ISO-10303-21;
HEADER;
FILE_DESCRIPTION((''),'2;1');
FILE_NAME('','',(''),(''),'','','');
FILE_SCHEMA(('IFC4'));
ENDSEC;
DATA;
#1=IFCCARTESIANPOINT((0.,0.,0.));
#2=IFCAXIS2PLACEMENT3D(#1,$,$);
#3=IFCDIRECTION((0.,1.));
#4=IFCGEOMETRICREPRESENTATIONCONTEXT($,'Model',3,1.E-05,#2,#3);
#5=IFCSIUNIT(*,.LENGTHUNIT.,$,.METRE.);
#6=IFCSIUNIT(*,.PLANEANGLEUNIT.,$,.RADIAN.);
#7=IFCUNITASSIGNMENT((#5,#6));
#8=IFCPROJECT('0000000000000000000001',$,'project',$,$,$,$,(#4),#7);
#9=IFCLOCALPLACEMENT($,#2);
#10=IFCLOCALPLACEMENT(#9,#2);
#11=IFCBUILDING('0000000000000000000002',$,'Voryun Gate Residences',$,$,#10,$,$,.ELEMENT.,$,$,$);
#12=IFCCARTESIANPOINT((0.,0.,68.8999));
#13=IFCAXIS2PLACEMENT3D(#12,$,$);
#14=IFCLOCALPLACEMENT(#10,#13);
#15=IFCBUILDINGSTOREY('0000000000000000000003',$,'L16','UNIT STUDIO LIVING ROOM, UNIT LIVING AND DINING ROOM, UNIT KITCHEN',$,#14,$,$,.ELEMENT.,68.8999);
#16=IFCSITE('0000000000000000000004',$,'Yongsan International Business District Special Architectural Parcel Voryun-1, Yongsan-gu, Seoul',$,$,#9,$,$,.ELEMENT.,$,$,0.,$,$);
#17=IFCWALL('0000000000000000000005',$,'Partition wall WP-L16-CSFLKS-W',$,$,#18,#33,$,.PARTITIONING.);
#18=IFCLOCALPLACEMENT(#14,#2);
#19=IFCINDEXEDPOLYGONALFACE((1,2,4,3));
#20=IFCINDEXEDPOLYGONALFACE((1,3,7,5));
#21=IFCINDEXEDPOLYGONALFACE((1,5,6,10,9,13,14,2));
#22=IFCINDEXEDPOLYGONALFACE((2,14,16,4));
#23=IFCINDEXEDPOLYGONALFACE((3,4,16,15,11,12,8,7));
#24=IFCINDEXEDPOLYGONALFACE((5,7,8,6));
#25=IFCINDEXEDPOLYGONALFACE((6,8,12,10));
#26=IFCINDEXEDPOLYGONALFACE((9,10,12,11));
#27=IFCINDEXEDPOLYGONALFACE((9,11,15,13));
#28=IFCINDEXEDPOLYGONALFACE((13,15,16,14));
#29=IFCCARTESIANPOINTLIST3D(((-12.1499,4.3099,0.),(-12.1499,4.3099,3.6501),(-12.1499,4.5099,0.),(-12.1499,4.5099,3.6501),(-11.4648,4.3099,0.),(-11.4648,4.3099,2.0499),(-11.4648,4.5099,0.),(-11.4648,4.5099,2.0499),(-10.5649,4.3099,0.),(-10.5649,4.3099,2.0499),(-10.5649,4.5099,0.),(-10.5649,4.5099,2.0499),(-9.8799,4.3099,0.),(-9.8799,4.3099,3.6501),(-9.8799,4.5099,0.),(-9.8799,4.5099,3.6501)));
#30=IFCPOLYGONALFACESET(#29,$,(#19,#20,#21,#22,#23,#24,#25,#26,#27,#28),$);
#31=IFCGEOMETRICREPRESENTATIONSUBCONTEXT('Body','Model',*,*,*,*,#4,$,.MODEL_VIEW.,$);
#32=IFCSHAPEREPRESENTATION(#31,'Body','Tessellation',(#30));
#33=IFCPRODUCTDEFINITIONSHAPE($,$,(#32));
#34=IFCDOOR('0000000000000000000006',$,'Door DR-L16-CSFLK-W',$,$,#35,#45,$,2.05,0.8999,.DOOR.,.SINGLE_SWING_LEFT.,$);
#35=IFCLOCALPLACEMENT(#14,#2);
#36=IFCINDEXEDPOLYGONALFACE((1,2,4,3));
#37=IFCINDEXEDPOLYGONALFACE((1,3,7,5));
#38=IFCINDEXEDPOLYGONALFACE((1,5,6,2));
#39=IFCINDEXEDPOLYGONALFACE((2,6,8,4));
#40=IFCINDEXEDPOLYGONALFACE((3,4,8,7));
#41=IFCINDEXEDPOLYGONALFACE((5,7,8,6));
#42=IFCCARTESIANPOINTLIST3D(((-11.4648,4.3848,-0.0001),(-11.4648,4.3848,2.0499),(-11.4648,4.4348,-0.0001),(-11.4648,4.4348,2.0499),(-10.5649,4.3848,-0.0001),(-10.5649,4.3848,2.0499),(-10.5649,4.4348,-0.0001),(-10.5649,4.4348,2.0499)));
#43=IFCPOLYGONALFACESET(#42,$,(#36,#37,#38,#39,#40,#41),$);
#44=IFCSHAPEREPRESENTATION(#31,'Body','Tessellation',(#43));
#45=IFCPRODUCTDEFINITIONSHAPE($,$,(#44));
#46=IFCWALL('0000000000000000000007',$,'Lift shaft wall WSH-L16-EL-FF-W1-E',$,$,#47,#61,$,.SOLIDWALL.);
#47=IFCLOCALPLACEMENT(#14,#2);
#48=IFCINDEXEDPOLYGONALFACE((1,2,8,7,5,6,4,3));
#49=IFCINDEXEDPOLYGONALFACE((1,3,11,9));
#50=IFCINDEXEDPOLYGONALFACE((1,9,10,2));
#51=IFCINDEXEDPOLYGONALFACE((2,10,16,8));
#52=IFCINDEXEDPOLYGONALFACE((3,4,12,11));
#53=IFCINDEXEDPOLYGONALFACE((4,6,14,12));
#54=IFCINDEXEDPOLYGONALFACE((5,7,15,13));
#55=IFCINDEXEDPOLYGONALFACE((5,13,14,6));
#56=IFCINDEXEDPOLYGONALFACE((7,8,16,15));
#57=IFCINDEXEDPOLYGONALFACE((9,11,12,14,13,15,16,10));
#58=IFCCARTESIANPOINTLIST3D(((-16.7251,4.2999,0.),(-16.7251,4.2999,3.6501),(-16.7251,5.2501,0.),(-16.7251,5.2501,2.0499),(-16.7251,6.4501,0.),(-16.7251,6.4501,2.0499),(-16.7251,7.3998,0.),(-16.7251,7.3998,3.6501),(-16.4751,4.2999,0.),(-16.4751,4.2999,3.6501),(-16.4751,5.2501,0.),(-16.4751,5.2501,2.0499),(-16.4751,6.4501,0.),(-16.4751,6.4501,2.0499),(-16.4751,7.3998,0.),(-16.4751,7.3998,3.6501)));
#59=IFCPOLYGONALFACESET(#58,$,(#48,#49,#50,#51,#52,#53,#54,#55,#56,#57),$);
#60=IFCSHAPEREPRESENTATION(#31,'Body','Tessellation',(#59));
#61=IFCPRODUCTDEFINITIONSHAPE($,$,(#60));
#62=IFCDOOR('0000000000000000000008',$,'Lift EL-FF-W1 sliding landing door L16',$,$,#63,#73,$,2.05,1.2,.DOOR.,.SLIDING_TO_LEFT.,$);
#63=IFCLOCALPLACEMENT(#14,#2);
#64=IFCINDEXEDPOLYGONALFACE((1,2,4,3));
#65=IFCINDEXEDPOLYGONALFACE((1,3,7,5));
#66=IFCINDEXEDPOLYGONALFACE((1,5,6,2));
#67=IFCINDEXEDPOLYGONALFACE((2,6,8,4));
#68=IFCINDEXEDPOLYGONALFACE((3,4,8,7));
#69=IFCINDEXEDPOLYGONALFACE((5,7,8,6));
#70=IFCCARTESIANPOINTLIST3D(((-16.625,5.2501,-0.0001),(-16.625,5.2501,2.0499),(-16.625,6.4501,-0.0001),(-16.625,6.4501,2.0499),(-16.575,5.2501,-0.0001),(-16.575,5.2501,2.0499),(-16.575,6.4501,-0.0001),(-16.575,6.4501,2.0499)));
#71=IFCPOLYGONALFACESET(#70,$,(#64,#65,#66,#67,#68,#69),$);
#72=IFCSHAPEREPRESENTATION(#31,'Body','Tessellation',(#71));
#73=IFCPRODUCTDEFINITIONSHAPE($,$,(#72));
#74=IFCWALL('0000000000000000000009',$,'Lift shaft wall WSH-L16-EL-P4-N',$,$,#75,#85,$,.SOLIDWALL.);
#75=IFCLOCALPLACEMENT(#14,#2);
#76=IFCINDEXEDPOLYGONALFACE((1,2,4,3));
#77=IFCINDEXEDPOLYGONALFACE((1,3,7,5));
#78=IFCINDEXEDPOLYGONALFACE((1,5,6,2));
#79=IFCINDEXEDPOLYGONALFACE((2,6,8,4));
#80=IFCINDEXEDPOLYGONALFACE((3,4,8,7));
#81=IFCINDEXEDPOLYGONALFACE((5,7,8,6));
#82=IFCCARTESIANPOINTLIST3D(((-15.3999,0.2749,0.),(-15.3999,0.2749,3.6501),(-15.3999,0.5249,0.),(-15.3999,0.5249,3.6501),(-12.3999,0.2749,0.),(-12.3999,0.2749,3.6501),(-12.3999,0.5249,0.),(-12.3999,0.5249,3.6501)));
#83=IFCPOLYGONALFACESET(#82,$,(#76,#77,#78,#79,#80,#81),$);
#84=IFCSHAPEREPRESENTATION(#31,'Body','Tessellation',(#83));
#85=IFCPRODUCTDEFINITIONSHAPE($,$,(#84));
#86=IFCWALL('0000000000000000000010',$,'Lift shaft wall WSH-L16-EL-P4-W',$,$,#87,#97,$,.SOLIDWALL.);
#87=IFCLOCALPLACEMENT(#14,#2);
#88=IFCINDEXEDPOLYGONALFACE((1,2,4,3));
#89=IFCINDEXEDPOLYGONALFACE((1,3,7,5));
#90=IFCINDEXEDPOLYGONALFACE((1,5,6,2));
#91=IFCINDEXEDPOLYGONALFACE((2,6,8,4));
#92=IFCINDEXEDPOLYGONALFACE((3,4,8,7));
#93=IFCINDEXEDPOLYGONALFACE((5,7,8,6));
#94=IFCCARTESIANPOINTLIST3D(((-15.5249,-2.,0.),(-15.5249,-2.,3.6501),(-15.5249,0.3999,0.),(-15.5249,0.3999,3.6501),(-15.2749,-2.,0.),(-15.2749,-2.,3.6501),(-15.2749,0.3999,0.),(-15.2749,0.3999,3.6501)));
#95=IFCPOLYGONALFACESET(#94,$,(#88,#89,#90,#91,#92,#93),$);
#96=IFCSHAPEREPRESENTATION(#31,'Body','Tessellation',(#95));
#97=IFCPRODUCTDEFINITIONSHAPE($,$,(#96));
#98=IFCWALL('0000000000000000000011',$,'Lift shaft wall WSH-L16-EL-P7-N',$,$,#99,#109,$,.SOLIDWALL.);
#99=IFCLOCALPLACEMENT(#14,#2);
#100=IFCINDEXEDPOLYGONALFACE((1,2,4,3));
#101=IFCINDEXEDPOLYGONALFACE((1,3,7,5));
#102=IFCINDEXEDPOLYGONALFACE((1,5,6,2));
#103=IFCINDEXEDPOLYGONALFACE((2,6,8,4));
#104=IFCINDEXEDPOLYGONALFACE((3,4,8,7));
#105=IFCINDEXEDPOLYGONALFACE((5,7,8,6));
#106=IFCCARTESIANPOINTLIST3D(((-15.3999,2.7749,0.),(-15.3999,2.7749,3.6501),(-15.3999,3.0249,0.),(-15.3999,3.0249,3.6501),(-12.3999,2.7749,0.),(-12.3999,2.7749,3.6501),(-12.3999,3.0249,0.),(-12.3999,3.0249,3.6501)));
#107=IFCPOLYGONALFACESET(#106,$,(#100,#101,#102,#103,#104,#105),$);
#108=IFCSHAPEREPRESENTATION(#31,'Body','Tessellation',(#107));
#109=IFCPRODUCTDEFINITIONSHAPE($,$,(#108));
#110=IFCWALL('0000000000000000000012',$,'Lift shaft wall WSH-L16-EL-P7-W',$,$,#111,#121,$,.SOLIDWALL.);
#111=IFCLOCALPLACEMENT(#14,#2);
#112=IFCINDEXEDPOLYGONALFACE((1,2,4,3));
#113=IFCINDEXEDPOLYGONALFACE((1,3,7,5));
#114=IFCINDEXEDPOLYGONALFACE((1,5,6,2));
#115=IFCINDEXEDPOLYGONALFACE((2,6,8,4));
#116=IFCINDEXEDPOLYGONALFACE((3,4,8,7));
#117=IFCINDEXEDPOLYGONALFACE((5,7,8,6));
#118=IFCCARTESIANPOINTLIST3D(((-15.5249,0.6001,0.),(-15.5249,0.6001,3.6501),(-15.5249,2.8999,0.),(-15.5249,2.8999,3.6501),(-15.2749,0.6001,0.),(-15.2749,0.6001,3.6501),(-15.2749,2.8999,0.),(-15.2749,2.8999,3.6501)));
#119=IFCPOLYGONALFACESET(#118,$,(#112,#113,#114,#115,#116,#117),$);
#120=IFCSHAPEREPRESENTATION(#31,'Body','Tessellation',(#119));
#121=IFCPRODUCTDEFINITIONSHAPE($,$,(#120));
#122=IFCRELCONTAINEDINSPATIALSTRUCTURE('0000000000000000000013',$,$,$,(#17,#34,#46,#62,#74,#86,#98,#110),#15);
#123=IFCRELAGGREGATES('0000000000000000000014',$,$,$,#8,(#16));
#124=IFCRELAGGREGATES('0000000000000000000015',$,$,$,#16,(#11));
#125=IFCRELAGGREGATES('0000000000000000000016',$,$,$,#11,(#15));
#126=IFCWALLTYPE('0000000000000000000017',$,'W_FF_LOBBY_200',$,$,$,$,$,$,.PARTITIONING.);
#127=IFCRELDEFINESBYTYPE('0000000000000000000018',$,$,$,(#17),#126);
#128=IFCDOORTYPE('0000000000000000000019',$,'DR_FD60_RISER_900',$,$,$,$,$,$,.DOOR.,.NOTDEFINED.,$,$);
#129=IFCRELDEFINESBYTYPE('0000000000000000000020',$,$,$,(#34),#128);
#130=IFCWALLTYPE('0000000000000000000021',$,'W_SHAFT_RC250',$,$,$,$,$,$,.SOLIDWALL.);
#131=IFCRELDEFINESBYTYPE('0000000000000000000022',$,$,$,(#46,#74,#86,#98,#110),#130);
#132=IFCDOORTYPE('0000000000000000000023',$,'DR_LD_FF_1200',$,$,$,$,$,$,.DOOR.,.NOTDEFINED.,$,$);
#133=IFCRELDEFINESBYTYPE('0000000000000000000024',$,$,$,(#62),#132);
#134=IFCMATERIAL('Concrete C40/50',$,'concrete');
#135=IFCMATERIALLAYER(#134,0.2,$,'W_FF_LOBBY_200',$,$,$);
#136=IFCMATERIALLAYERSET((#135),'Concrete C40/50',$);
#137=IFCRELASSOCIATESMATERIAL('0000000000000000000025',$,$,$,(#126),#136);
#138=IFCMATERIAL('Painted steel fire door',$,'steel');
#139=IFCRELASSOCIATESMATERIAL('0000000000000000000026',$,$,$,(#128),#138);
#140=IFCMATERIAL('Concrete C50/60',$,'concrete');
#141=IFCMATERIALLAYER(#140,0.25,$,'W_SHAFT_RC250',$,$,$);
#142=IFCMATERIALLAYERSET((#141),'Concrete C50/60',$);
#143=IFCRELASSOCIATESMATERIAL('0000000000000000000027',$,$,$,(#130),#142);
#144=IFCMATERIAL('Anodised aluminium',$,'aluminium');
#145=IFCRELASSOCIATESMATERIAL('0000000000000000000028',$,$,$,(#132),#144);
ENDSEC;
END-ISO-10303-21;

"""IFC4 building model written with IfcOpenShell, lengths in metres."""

from ifc_helpers import new_model, si_unit, direction, frame, frame_2d, origin, place, context, subcontext, project, spatial, rectangle, extrude, material, layer, layer_set, type_object, element, fill, save


model = new_model("IFC4")

# Units and contexts
model_context = context("Model", 3, precision=1e-05, world=origin(), true_north=direction((0.0, 1.0)))
body_context = subcontext(model_context, "Body", "Model", "MODEL_VIEW")
ifc_project = project(units=[si_unit("LENGTHUNIT", "METRE"), si_unit("PLANEANGLEUNIT", "RADIAN")], contexts=[model_context])

# Site, building, storey
site_placement = place(None, origin())
site = spatial("IfcSite", under=ifc_project, at=site_placement, Name="Yongsan International Business District Special Architectural Parcel Voryun-1, Yongsan-gu, Seoul", CompositionType="ELEMENT", RefElevation=0.0)
building_placement = place(site_placement, origin())
building = spatial("IfcBuilding", under=site, at=building_placement, Name="Voryun Gate Residences", CompositionType="ELEMENT")
storey_placement = place(building_placement, frame((0.0, 0.0, 68.8999)))
storey = spatial("IfcBuildingStorey", under=building, at=storey_placement, Name="L16", Description="UNIT STUDIO LIVING ROOM, UNIT LIVING AND DINING ROOM, UNIT KITCHEN", CompositionType="ELEMENT", Elevation=68.8999)

# Shared definitions
ifc_material_1 = material(Name="Concrete C40/50", Category="concrete")
ifc_layer_1 = layer(ifc_material_1, 0.2, Name="W_FF_LOBBY_200")
ifc_layer_set_1 = layer_set([ifc_layer_1], Name="Concrete C40/50")
wall_type_1 = type_object("IfcWallType", Name="W_FF_LOBBY_200", PredefinedType="PARTITIONING", material=ifc_layer_set_1)

# Walls, openings, doors
wall_1_placement = place(storey_placement, frame((-12.1499, 4.4099, 0.0), z_axis=(0.0, 0.0, 1.0), x_axis=(1.0, 0.0, 0.0)))
wall_1 = element("IfcWall", 1, at=wall_1_placement, inside=storey, type_object=wall_type_1, Name="Partition wall WP-L16-CSFLKS-W", PredefinedType="PARTITIONING", context=body_context, shape_type="SweptSolid", body=[
    extrude(rectangle(XDim=2.27, YDim=0.2, at=frame_2d((1.135, 0.0))), origin(), (0.0, 0.0, 1.0), 3.6501),
])
opening_1_placement = place(wall_1_placement, frame((0.6851, 0.0, 0.0)))
opening_1 = element("IfcOpeningElement", 2, at=opening_1_placement, cuts=wall_1, PredefinedType="OPENING", context=body_context, shape_type="SweptSolid", body=[
    extrude(rectangle(XDim=0.8999, YDim=2.05, at=frame_2d((0.45, 1.0249))), frame((0.0, 0.1101, 0.0), z_axis=(0.0, -1.0, 0.0), x_axis=(1.0, 0.0, 0.0)), (0.0, 0.0, 1.0), 0.22),
])
ifc_material_2 = material(Name="Painted steel fire door", Category="steel")
door_type_1 = type_object("IfcDoorType", Name="DR_FD60_RISER_900", OperationType="NOTDEFINED", PredefinedType="DOOR", material=ifc_material_2)
door_1_placement = place(opening_1_placement, origin())
door_1 = element("IfcDoor", 3, at=door_1_placement, inside=storey, type_object=door_type_1, Name="Door DR-L16-CSFLK-W", OperationType="SINGLE_SWING_LEFT", OverallHeight=2.05, OverallWidth=0.8999, PredefinedType="DOOR", context=body_context, shape_type="SweptSolid", body=[
    extrude(rectangle(XDim=0.8999, YDim=2.05, at=frame_2d((0.45, 1.0249))), frame((0.0, 0.0249, 0.0), z_axis=(0.0, -1.0, 0.0), x_axis=(1.0, 0.0, 0.0)), (0.0, 0.0, 1.0), 0.05),
])
fill(opening_1, door_1)
ifc_material_3 = material(Name="Concrete C50/60", Category="concrete")
ifc_layer_2 = layer(ifc_material_3, 0.25, Name="W_SHAFT_RC250")
ifc_layer_set_2 = layer_set([ifc_layer_2], Name="Concrete C50/60")
wall_type_2 = type_object("IfcWallType", Name="W_SHAFT_RC250", PredefinedType="SOLIDWALL", material=ifc_layer_set_2)
wall_2_placement = place(storey_placement, frame((-16.6001, 4.3, 0.0), z_axis=(0.0, 0.0, 1.0), x_axis=(0.0, 1.0, 0.0)))
wall_2 = element("IfcWall", 4, at=wall_2_placement, inside=storey, type_object=wall_type_2, Name="Lift shaft wall WSH-L16-EL-FF-W1-E", PredefinedType="SOLIDWALL", context=body_context, shape_type="SweptSolid", body=[
    extrude(rectangle(XDim=3.0999, YDim=0.25, at=frame_2d((1.5498, 0.0))), origin(), (0.0, 0.0, 1.0), 3.6501),
])
opening_2_placement = place(wall_2_placement, frame((0.95, 0.0, 0.0)))
opening_2 = element("IfcOpeningElement", 5, at=opening_2_placement, cuts=wall_2, PredefinedType="OPENING", context=body_context, shape_type="SweptSolid", body=[
    extrude(rectangle(XDim=1.2, YDim=2.05, at=frame_2d((0.6001, 1.0249))), frame((0.0, 0.135, 0.0), z_axis=(0.0, -1.0, 0.0), x_axis=(1.0, 0.0, 0.0)), (0.0, 0.0, 1.0), 0.27),
])
ifc_material_4 = material(Name="Anodised aluminium", Category="aluminium")
door_type_2 = type_object("IfcDoorType", Name="DR_LD_FF_1200", OperationType="NOTDEFINED", PredefinedType="DOOR", material=ifc_material_4)
door_2_placement = place(opening_2_placement, origin())
door_2 = element("IfcDoor", 6, at=door_2_placement, inside=storey, type_object=door_type_2, Name="Lift EL-FF-W1 sliding landing door L16", OperationType="SLIDING_TO_LEFT", OverallHeight=2.05, OverallWidth=1.2, PredefinedType="DOOR", context=body_context, shape_type="SweptSolid", body=[
    extrude(rectangle(XDim=1.2, YDim=2.05, at=frame_2d((0.6001, 1.0249))), frame((0.0, 0.0249, 0.0), z_axis=(0.0, -1.0, 0.0), x_axis=(1.0, 0.0, 0.0)), (0.0, 0.0, 1.0), 0.05),
])
fill(opening_2, door_2)

# Walls
wall_3_placement = place(storey_placement, frame((-12.3999, 0.3999, 0.0), z_axis=(0.0, 0.0, 1.0), x_axis=(-1.0, 0.0, 0.0)))
element("IfcWall", 7, at=wall_3_placement, inside=storey, type_object=wall_type_2, Name="Lift shaft wall WSH-L16-EL-P4-N", PredefinedType="SOLIDWALL", context=body_context, shape_type="SweptSolid", body=[
    extrude(rectangle(XDim=3.0, YDim=0.25, at=frame_2d((1.5, 0.0))), origin(), (0.0, 0.0, 1.0), 3.6501),
])
wall_4_placement = place(storey_placement, frame((-15.3999, 0.3999, 0.0), z_axis=(0.0, 0.0, 1.0), x_axis=(0.0, -1.0, 0.0)))
element("IfcWall", 8, at=wall_4_placement, inside=storey, type_object=wall_type_2, Name="Lift shaft wall WSH-L16-EL-P4-W", PredefinedType="SOLIDWALL", context=body_context, shape_type="SweptSolid", body=[
    extrude(rectangle(XDim=2.3999, YDim=0.25, at=frame_2d((1.2, 0.0))), origin(), (0.0, 0.0, 1.0), 3.6501),
])
wall_5_placement = place(storey_placement, frame((-12.3999, 2.8999, 0.0), z_axis=(0.0, 0.0, 1.0), x_axis=(-1.0, 0.0, 0.0)))
element("IfcWall", 9, at=wall_5_placement, inside=storey, type_object=wall_type_2, Name="Lift shaft wall WSH-L16-EL-P7-N", PredefinedType="SOLIDWALL", context=body_context, shape_type="SweptSolid", body=[
    extrude(rectangle(XDim=3.0, YDim=0.25, at=frame_2d((1.5, 0.0))), origin(), (0.0, 0.0, 1.0), 3.6501),
])
wall_6_placement = place(storey_placement, frame((-15.3999, 2.8999, 0.0), z_axis=(0.0, 0.0, 1.0), x_axis=(0.0, -1.0, 0.0)))
element("IfcWall", 10, at=wall_6_placement, inside=storey, type_object=wall_type_2, Name="Lift shaft wall WSH-L16-EL-P7-W", PredefinedType="SOLIDWALL", context=body_context, shape_type="SweptSolid", body=[
    extrude(rectangle(XDim=2.2998, YDim=0.25, at=frame_2d((1.1499, 0.0))), origin(), (0.0, 0.0, 1.0), 3.6501),
])

save(model, "model.ifc")
